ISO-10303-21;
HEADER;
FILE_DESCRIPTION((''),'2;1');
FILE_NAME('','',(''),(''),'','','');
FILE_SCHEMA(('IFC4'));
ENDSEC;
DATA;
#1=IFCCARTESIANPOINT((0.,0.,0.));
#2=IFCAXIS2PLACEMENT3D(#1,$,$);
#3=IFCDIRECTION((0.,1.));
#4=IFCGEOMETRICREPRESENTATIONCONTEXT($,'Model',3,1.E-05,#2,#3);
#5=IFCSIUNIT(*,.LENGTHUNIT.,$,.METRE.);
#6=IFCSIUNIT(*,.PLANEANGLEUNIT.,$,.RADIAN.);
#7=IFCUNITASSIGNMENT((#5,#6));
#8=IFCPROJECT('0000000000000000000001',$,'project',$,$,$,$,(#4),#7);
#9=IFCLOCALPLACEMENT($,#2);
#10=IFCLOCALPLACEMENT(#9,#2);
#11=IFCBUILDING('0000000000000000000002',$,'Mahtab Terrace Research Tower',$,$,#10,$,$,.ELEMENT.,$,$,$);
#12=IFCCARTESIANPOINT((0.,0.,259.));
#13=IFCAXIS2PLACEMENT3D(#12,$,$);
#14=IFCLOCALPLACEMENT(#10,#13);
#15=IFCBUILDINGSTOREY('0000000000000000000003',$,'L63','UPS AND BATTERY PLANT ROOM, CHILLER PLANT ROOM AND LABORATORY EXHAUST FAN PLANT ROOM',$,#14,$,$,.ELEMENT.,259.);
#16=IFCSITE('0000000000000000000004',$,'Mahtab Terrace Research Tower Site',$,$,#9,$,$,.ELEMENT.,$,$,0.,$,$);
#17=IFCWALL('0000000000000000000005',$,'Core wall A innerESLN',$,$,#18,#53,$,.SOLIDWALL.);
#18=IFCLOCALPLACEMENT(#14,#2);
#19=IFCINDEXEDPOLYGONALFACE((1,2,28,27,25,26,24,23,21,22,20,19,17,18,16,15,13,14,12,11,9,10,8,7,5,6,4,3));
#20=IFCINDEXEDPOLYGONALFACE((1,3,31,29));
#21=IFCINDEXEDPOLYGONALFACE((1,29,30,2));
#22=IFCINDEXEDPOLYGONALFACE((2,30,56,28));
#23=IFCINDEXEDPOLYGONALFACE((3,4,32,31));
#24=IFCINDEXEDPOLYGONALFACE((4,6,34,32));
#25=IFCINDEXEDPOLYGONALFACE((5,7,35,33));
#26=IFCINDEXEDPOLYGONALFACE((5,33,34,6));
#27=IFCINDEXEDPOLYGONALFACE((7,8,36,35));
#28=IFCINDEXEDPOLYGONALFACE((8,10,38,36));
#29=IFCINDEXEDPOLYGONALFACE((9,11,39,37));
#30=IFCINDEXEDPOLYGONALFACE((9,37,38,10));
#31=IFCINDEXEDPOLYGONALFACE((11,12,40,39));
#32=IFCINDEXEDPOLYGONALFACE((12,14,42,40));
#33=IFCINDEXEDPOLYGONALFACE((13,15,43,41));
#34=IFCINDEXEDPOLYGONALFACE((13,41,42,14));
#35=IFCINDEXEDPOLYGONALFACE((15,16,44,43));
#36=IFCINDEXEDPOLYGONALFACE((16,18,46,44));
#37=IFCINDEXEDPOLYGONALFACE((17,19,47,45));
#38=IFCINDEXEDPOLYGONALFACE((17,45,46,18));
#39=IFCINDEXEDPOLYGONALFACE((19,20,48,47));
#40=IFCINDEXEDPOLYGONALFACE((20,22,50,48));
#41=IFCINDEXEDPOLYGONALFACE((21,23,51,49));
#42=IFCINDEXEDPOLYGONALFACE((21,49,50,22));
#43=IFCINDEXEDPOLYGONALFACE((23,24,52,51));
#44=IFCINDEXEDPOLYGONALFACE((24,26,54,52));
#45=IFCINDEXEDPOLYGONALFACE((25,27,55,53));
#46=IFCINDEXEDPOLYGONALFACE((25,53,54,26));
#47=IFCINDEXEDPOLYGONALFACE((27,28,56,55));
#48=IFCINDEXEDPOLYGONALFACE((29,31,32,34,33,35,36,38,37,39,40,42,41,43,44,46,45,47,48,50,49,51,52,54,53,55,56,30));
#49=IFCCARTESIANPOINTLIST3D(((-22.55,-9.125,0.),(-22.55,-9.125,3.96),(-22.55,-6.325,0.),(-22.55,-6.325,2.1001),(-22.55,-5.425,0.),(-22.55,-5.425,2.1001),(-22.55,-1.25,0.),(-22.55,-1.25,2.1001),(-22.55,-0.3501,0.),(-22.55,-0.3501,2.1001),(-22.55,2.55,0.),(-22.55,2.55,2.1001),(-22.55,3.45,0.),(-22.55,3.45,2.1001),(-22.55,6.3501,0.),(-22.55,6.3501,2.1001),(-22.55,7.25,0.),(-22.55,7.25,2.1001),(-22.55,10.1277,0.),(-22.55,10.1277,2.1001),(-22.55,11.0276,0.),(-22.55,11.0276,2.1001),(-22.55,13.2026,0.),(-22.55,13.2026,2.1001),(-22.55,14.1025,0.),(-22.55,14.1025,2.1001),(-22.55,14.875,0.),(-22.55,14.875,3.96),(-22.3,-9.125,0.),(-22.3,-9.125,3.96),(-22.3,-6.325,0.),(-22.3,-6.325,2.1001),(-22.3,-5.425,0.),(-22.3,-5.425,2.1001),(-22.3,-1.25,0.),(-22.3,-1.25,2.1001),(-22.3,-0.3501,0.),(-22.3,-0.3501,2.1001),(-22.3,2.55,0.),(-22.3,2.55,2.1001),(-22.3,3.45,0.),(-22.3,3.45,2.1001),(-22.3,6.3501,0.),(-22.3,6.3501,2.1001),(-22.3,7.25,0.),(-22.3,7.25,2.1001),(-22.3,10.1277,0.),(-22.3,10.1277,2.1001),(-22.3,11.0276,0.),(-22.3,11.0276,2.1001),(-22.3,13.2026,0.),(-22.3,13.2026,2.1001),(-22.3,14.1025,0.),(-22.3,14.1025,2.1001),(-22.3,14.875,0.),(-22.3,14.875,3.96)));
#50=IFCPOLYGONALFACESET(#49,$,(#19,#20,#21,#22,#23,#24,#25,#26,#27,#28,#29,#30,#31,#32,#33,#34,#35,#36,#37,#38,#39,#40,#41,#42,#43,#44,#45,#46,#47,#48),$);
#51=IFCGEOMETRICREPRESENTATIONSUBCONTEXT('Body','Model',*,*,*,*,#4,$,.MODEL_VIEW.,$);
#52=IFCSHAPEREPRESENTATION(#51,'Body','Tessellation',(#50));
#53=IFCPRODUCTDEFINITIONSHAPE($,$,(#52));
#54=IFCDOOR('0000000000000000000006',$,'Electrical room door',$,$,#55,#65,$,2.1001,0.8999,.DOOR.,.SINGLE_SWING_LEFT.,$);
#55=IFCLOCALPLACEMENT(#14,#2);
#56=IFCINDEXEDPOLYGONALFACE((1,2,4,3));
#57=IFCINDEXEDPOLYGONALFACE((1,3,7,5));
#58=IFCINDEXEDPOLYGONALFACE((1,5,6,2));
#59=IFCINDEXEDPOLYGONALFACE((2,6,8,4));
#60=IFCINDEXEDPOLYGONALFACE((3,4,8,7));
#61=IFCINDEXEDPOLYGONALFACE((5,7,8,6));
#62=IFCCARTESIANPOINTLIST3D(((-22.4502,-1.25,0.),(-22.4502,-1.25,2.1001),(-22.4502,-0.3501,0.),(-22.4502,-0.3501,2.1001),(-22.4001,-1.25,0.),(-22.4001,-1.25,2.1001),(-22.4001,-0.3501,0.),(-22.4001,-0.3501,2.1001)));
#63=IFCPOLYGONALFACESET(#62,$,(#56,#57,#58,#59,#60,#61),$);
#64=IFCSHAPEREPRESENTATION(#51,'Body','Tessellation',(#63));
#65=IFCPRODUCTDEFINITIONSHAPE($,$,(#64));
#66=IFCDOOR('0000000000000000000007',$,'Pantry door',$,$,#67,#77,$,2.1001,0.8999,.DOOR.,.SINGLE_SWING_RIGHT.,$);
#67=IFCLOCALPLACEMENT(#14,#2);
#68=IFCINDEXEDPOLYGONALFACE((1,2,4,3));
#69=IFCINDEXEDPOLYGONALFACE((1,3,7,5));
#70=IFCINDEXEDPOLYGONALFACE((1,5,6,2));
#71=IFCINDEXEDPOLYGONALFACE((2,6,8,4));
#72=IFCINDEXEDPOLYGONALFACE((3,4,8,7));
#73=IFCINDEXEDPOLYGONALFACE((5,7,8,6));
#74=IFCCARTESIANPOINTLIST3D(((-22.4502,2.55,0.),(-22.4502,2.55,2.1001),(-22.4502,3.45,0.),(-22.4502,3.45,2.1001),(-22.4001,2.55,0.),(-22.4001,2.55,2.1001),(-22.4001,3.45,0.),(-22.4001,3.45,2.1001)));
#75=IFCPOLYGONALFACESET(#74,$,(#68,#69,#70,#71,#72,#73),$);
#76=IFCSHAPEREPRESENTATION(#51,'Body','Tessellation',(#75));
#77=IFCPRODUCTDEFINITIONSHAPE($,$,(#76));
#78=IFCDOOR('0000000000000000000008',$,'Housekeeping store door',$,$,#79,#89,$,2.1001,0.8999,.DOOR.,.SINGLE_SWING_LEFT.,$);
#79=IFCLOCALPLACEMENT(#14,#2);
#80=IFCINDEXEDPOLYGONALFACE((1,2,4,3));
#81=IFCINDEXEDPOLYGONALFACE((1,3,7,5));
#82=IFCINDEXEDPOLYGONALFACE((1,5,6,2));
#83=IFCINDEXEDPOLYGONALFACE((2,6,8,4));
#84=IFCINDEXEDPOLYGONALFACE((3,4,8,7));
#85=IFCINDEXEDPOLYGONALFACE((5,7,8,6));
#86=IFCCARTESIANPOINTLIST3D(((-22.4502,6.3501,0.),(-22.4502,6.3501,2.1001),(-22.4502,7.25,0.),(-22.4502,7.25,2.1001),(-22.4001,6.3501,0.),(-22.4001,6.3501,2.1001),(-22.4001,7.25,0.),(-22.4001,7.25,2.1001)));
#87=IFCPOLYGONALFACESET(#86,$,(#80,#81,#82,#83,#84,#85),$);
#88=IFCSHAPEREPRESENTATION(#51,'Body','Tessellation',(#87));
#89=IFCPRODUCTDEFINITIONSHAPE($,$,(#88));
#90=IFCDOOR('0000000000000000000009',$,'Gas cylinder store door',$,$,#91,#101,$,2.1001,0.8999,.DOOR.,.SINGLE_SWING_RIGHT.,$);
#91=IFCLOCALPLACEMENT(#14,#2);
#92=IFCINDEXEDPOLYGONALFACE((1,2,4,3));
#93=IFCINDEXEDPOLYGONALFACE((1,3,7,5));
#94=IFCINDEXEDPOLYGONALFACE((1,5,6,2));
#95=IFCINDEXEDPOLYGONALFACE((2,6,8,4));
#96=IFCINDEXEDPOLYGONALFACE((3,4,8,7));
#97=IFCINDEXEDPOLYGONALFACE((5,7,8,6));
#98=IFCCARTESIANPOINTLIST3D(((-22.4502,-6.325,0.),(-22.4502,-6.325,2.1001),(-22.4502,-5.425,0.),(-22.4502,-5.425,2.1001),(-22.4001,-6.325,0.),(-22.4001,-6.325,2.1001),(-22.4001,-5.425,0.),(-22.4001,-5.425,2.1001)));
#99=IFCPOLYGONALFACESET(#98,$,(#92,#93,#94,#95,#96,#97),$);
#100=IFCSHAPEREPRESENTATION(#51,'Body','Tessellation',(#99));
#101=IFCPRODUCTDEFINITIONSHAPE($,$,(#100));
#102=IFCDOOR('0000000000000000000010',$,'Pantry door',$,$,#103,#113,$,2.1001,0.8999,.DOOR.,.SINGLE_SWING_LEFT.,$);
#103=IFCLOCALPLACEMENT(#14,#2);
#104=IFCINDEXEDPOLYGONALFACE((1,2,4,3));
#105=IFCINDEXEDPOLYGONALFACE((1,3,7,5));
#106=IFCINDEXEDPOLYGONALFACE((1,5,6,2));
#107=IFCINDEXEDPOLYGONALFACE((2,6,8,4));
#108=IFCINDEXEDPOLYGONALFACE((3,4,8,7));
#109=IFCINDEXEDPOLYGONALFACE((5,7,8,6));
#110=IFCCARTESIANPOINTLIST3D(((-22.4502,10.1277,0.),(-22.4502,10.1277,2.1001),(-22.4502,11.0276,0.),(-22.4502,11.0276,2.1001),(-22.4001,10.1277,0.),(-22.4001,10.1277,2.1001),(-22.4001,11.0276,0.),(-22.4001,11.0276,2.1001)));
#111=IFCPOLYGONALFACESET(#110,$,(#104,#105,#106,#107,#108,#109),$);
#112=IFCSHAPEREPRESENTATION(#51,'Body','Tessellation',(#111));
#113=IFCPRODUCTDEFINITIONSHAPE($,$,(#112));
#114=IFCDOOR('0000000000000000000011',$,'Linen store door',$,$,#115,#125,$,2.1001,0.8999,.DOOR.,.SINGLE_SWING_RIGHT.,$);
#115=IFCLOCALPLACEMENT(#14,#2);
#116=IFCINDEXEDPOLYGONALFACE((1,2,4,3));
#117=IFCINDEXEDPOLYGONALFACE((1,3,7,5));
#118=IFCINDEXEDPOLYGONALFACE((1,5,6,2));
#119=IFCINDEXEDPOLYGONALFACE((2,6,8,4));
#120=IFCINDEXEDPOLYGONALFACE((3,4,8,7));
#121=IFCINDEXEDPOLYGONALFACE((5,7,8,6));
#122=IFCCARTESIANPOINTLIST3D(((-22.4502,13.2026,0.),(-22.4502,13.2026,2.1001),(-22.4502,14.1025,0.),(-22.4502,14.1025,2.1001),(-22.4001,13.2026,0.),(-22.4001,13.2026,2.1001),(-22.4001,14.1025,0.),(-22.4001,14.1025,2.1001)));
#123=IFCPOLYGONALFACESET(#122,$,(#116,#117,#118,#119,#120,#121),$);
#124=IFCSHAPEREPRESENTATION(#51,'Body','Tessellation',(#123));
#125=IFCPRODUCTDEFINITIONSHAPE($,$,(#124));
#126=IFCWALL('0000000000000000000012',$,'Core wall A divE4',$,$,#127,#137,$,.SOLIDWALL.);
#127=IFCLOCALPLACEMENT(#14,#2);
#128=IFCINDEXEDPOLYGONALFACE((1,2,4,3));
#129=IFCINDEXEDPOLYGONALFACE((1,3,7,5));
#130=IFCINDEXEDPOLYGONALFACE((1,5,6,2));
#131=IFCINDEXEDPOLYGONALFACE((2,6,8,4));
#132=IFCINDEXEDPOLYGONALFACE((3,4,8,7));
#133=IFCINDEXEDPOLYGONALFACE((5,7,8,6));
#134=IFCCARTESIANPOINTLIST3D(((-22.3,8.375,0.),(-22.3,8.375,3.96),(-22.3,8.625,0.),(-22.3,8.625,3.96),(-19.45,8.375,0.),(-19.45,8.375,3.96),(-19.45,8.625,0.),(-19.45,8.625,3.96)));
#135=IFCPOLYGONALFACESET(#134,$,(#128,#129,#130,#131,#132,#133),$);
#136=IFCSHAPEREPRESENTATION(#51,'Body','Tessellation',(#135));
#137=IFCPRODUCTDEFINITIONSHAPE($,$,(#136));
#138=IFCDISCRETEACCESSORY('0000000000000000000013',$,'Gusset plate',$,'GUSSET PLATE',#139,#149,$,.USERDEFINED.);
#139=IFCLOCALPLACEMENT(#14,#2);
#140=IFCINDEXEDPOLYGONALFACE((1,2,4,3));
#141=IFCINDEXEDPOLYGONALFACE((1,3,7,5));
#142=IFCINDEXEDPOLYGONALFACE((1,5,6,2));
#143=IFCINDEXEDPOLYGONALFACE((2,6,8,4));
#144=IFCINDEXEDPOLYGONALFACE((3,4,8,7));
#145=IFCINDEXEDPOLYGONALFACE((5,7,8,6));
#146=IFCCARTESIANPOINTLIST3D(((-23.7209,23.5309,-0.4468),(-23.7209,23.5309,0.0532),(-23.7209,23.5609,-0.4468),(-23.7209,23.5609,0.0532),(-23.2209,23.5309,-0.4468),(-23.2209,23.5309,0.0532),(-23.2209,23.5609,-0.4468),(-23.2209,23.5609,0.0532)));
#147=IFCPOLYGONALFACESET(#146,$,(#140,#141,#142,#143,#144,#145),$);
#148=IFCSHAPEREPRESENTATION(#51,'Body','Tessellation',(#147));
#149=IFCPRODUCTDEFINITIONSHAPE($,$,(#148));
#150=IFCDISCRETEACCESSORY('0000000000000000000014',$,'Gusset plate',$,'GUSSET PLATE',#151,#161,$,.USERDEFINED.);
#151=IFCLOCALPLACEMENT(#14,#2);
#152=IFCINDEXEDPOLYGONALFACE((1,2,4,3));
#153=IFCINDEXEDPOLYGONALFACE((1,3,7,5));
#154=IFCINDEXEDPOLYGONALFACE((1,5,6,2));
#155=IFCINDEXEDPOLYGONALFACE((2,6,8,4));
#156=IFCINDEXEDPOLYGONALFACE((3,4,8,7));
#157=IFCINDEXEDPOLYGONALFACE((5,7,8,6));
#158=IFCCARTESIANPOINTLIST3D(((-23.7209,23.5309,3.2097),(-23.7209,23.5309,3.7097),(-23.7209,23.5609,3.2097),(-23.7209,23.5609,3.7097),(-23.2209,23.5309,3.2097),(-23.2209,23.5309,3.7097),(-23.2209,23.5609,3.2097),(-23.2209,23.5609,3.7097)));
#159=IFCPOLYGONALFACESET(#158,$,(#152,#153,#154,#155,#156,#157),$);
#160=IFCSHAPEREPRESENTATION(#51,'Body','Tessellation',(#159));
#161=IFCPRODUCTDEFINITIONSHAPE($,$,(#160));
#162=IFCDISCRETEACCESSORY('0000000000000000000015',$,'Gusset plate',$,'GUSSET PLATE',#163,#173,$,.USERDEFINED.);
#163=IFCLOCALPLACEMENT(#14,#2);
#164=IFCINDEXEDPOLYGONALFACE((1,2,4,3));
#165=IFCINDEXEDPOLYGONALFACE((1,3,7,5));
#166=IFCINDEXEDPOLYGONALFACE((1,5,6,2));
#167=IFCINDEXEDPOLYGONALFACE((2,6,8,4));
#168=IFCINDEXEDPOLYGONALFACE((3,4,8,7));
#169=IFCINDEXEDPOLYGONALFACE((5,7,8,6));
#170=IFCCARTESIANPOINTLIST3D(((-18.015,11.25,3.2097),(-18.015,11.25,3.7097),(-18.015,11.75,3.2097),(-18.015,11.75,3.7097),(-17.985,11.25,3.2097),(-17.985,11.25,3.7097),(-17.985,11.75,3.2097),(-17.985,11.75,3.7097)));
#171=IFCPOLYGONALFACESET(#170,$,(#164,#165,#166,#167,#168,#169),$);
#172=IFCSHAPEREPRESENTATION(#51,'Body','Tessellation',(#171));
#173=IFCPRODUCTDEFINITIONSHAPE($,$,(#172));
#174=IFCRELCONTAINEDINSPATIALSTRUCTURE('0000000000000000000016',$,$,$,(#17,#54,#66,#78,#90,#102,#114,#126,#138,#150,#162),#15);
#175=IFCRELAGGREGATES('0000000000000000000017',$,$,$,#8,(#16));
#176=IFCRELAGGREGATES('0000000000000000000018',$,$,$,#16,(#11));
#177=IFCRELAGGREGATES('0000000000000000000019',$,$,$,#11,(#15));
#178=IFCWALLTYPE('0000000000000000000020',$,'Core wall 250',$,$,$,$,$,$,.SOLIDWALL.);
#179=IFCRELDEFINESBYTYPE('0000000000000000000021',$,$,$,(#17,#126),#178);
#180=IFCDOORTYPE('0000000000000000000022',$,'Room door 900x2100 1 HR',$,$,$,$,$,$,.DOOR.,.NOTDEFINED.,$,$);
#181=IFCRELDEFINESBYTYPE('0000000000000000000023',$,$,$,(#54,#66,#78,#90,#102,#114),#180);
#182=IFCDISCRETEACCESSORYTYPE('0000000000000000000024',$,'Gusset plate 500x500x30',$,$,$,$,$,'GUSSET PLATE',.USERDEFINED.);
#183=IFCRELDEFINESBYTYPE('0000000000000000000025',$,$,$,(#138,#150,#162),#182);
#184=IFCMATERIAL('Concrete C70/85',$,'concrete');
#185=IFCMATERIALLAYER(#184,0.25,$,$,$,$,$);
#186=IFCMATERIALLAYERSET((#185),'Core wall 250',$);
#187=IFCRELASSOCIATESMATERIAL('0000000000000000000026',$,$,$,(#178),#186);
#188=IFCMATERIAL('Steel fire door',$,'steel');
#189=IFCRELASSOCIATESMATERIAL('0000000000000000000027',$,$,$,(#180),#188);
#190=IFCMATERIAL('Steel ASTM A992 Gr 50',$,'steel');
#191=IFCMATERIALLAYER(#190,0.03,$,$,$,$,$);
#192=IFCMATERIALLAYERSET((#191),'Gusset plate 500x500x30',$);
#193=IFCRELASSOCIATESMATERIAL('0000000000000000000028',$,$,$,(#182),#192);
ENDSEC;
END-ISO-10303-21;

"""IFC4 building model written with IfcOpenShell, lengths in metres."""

from ifc_helpers import new_model, si_unit, direction, frame, frame_2d, origin, origin_2d, place, context, subcontext, project, spatial, rectangle, extrude, material, layer, layer_set, type_object, element, fill, save


model = new_model("IFC4")

# Units and contexts
model_context = context("Model", 3, precision=1e-05, world=origin(), true_north=direction((0.0, 1.0)))
body_context = subcontext(model_context, "Body", "Model", "MODEL_VIEW")
ifc_project = project(units=[si_unit("LENGTHUNIT", "METRE"), si_unit("PLANEANGLEUNIT", "RADIAN")], contexts=[model_context])

# Site, building, storey
site_placement = place(None, origin())
site = spatial("IfcSite", under=ifc_project, at=site_placement, Name="Mahtab Terrace Research Tower Site", CompositionType="ELEMENT", RefElevation=0.0)
building_placement = place(site_placement, origin())
building = spatial("IfcBuilding", under=site, at=building_placement, Name="Mahtab Terrace Research Tower", CompositionType="ELEMENT")
storey_placement = place(building_placement, frame((0.0, 0.0, 259.0)))
storey = spatial("IfcBuildingStorey", under=building, at=storey_placement, Name="L63", Description="UPS AND BATTERY PLANT ROOM, CHILLER PLANT ROOM AND LABORATORY EXHAUST FAN PLANT ROOM", CompositionType="ELEMENT", Elevation=259.0)

# Shared definitions
ifc_material_1 = material(Name="Concrete C70/85", Category="concrete")

# Shared definitions
ifc_material_2 = material(Name="Steel ASTM A992 Gr 50", Category="steel")

# Wall, openings, doors
ifc_layer_1 = layer(ifc_material_1, 0.25)
ifc_layer_set_1 = layer_set([ifc_layer_1], Name="Core wall 250")
wall_type_1 = type_object("IfcWallType", Name="Core wall 250", PredefinedType="SOLIDWALL", material=ifc_layer_set_1)
wall_1_placement = place(storey_placement, frame((-22.425, 14.875, 0.0), z_axis=(0.0, 0.0, 1.0), x_axis=(0.0, -1.0, 0.0)))
wall_1 = element("IfcWall", 1, at=wall_1_placement, inside=storey, type_object=wall_type_1, Name="Core wall A innerESLN", PredefinedType="SOLIDWALL", context=body_context, shape_type="SweptSolid", body=[
    extrude(rectangle(XDim=24.0, YDim=0.25, at=frame_2d((12.0, 0.0))), origin(), (0.0, 0.0, 1.0), 3.96),
])
opening_1_placement = place(wall_1_placement, frame((15.2251, 0.0, 0.0)))
opening_1 = element("IfcOpeningElement", 2, at=opening_1_placement, cuts=wall_1, PredefinedType="OPENING", context=body_context, shape_type="SweptSolid", body=[
    extrude(rectangle(XDim=0.8999, YDim=2.1001, at=frame_2d((0.45, 1.05))), frame((0.0, 0.135, 0.0), z_axis=(0.0, -1.0, 0.0), x_axis=(1.0, 0.0, 0.0)), (0.0, 0.0, 1.0), 0.27),
])
opening_2_placement = place(wall_1_placement, frame((11.425, 0.0, 0.0)))
opening_2 = element("IfcOpeningElement", 3, at=opening_2_placement, cuts=wall_1, PredefinedType="OPENING", context=body_context, shape_type="SweptSolid", body=[
    extrude(rectangle(XDim=0.8999, YDim=2.1001, at=frame_2d((0.45, 1.05))), frame((0.0, 0.135, 0.0), z_axis=(0.0, -1.0, 0.0), x_axis=(1.0, 0.0, 0.0)), (0.0, 0.0, 1.0), 0.27),
])
opening_3_placement = place(wall_1_placement, frame((7.625, 0.0, 0.0)))
opening_3 = element("IfcOpeningElement", 4, at=opening_3_placement, cuts=wall_1, PredefinedType="OPENING", context=body_context, shape_type="SweptSolid", body=[
    extrude(rectangle(XDim=0.8999, YDim=2.1001, at=frame_2d((0.45, 1.05))), frame((0.0, 0.135, 0.0), z_axis=(0.0, -1.0, 0.0), x_axis=(1.0, 0.0, 0.0)), (0.0, 0.0, 1.0), 0.27),
])
opening_4_placement = place(wall_1_placement, frame((20.3, 0.0, 0.0)))
opening_4 = element("IfcOpeningElement", 5, at=opening_4_placement, cuts=wall_1, PredefinedType="OPENING", context=body_context, shape_type="SweptSolid", body=[
    extrude(rectangle(XDim=0.8999, YDim=2.1001, at=frame_2d((0.45, 1.05))), frame((0.0, 0.135, 0.0), z_axis=(0.0, -1.0, 0.0), x_axis=(1.0, 0.0, 0.0)), (0.0, 0.0, 1.0), 0.27),
])
opening_5_placement = place(wall_1_placement, frame((3.8474, 0.0, 0.0)))
opening_5 = element("IfcOpeningElement", 6, at=opening_5_placement, cuts=wall_1, PredefinedType="OPENING", context=body_context, shape_type="SweptSolid", body=[
    extrude(rectangle(XDim=0.8999, YDim=2.1001, at=frame_2d((0.45, 1.05))), frame((0.0, 0.135, 0.0), z_axis=(0.0, -1.0, 0.0), x_axis=(1.0, 0.0, 0.0)), (0.0, 0.0, 1.0), 0.27),
])
opening_6_placement = place(wall_1_placement, frame((0.7725, 0.0, 0.0)))
opening_6 = element("IfcOpeningElement", 7, at=opening_6_placement, cuts=wall_1, PredefinedType="OPENING", context=body_context, shape_type="SweptSolid", body=[
    extrude(rectangle(XDim=0.8999, YDim=2.1001, at=frame_2d((0.45, 1.05))), frame((0.0, 0.135, 0.0), z_axis=(0.0, -1.0, 0.0), x_axis=(1.0, 0.0, 0.0)), (0.0, 0.0, 1.0), 0.27),
])
ifc_material_3 = material(Name="Steel fire door", Category="steel")
door_type = type_object("IfcDoorType", Name="Room door 900x2100 1 HR", OperationType="NOTDEFINED", PredefinedType="DOOR", material=ifc_material_3)
door_1_placement = place(opening_1_placement, origin())
door_1 = element("IfcDoor", 8, at=door_1_placement, inside=storey, type_object=door_type, Name="Electrical room door", OperationType="SINGLE_SWING_LEFT", OverallHeight=2.1001, OverallWidth=0.8999, PredefinedType="DOOR", context=body_context, shape_type="SweptSolid", body=[
    extrude(rectangle(XDim=0.8999, YDim=2.1001, at=frame_2d((0.45, 1.05))), frame((0.0, 0.0249, 0.0), z_axis=(0.0, -1.0, 0.0), x_axis=(1.0, 0.0, 0.0)), (0.0, 0.0, 1.0), 0.05),
])
fill(opening_1, door_1)
door_2_placement = place(opening_2_placement, origin())
door_2 = element("IfcDoor", 9, at=door_2_placement, inside=storey, type_object=door_type, Name="Pantry door", OperationType="SINGLE_SWING_RIGHT", OverallHeight=2.1001, OverallWidth=0.8999, PredefinedType="DOOR", context=body_context, shape_type="SweptSolid", body=[
    extrude(rectangle(XDim=0.8999, YDim=2.1001, at=frame_2d((0.45, 1.05))), frame((0.0, 0.0249, 0.0), z_axis=(0.0, -1.0, 0.0), x_axis=(1.0, 0.0, 0.0)), (0.0, 0.0, 1.0), 0.05),
])
fill(opening_2, door_2)
door_3_placement = place(opening_3_placement, origin())
door_3 = element("IfcDoor", 10, at=door_3_placement, inside=storey, type_object=door_type, Name="Housekeeping store door", OperationType="SINGLE_SWING_LEFT", OverallHeight=2.1001, OverallWidth=0.8999, PredefinedType="DOOR", context=body_context, shape_type="SweptSolid", body=[
    extrude(rectangle(XDim=0.8999, YDim=2.1001, at=frame_2d((0.45, 1.05))), frame((0.0, 0.0249, 0.0), z_axis=(0.0, -1.0, 0.0), x_axis=(1.0, 0.0, 0.0)), (0.0, 0.0, 1.0), 0.05),
])
fill(opening_3, door_3)
door_4_placement = place(opening_4_placement, origin())
door_4 = element("IfcDoor", 11, at=door_4_placement, inside=storey, type_object=door_type, Name="Gas cylinder store door", OperationType="SINGLE_SWING_RIGHT", OverallHeight=2.1001, OverallWidth=0.8999, PredefinedType="DOOR", context=body_context, shape_type="SweptSolid", body=[
    extrude(rectangle(XDim=0.8999, YDim=2.1001, at=frame_2d((0.45, 1.05))), frame((0.0, 0.0249, 0.0), z_axis=(0.0, -1.0, 0.0), x_axis=(1.0, 0.0, 0.0)), (0.0, 0.0, 1.0), 0.05),
])
fill(opening_4, door_4)
door_5_placement = place(opening_5_placement, origin())
door_5 = element("IfcDoor", 12, at=door_5_placement, inside=storey, type_object=door_type, Name="Pantry door", OperationType="SINGLE_SWING_LEFT", OverallHeight=2.1001, OverallWidth=0.8999, PredefinedType="DOOR", context=body_context, shape_type="SweptSolid", body=[
    extrude(rectangle(XDim=0.8999, YDim=2.1001, at=frame_2d((0.45, 1.05))), frame((0.0, 0.0249, 0.0), z_axis=(0.0, -1.0, 0.0), x_axis=(1.0, 0.0, 0.0)), (0.0, 0.0, 1.0), 0.05),
])
fill(opening_5, door_5)
door_6_placement = place(opening_6_placement, origin())
door_6 = element("IfcDoor", 13, at=door_6_placement, inside=storey, type_object=door_type, Name="Linen store door", OperationType="SINGLE_SWING_RIGHT", OverallHeight=2.1001, OverallWidth=0.8999, PredefinedType="DOOR", context=body_context, shape_type="SweptSolid", body=[
    extrude(rectangle(XDim=0.8999, YDim=2.1001, at=frame_2d((0.45, 1.05))), frame((0.0, 0.0249, 0.0), z_axis=(0.0, -1.0, 0.0), x_axis=(1.0, 0.0, 0.0)), (0.0, 0.0, 1.0), 0.05),
])
fill(opening_6, door_6)

# Wall
wall_2_placement = place(storey_placement, frame((-22.3, 8.5, 0.0), z_axis=(0.0, 0.0, 1.0), x_axis=(1.0, 0.0, 0.0)))
element("IfcWall", 14, at=wall_2_placement, inside=storey, type_object=wall_type_1, Name="Core wall A divE4", PredefinedType="SOLIDWALL", context=body_context, shape_type="SweptSolid", body=[
    extrude(rectangle(XDim=2.8501, YDim=0.25, at=frame_2d((1.425, 0.0))), origin(), (0.0, 0.0, 1.0), 3.96),
])

# Discrete accessories
ifc_layer_2 = layer(ifc_material_2, 0.03)
ifc_layer_set_2 = layer_set([ifc_layer_2], Name="Gusset plate 500x500x30")
discrete_accessory_type = type_object("IfcDiscreteAccessoryType", Name="Gusset plate 500x500x30", ElementType="GUSSET PLATE", PredefinedType="USERDEFINED", material=ifc_layer_set_2)
for number, where, z_axis, x_axis, name in (
    (15, (-23.4709, 23.5459, -0.4468), (0.0, 0.0, 1.0), (1.0, 0.0, 0.0), "Gusset plate"),
    (16, (-23.4709, 23.5459, 3.2097), (0.0, 0.0, 1.0), (1.0, 0.0, 0.0), "Gusset plate"),
    (17, (-18.0, 11.5, 3.2097), (0.0, 0.0, 1.0), (0.0, 1.0, 0.0), "Gusset plate"),
):
    element("IfcDiscreteAccessory", number, at=place(storey_placement, frame(where, z_axis=z_axis, x_axis=x_axis)), inside=storey, type_object=discrete_accessory_type, Name=name, ObjectType="GUSSET PLATE", PredefinedType="USERDEFINED", context=body_context, shape_type="SweptSolid", body=[
        extrude(rectangle(XDim=0.5, YDim=0.03, at=origin_2d()), origin(), (0.0, 0.0, 1.0), 0.5),
    ])

save(model, "model.ifc")
